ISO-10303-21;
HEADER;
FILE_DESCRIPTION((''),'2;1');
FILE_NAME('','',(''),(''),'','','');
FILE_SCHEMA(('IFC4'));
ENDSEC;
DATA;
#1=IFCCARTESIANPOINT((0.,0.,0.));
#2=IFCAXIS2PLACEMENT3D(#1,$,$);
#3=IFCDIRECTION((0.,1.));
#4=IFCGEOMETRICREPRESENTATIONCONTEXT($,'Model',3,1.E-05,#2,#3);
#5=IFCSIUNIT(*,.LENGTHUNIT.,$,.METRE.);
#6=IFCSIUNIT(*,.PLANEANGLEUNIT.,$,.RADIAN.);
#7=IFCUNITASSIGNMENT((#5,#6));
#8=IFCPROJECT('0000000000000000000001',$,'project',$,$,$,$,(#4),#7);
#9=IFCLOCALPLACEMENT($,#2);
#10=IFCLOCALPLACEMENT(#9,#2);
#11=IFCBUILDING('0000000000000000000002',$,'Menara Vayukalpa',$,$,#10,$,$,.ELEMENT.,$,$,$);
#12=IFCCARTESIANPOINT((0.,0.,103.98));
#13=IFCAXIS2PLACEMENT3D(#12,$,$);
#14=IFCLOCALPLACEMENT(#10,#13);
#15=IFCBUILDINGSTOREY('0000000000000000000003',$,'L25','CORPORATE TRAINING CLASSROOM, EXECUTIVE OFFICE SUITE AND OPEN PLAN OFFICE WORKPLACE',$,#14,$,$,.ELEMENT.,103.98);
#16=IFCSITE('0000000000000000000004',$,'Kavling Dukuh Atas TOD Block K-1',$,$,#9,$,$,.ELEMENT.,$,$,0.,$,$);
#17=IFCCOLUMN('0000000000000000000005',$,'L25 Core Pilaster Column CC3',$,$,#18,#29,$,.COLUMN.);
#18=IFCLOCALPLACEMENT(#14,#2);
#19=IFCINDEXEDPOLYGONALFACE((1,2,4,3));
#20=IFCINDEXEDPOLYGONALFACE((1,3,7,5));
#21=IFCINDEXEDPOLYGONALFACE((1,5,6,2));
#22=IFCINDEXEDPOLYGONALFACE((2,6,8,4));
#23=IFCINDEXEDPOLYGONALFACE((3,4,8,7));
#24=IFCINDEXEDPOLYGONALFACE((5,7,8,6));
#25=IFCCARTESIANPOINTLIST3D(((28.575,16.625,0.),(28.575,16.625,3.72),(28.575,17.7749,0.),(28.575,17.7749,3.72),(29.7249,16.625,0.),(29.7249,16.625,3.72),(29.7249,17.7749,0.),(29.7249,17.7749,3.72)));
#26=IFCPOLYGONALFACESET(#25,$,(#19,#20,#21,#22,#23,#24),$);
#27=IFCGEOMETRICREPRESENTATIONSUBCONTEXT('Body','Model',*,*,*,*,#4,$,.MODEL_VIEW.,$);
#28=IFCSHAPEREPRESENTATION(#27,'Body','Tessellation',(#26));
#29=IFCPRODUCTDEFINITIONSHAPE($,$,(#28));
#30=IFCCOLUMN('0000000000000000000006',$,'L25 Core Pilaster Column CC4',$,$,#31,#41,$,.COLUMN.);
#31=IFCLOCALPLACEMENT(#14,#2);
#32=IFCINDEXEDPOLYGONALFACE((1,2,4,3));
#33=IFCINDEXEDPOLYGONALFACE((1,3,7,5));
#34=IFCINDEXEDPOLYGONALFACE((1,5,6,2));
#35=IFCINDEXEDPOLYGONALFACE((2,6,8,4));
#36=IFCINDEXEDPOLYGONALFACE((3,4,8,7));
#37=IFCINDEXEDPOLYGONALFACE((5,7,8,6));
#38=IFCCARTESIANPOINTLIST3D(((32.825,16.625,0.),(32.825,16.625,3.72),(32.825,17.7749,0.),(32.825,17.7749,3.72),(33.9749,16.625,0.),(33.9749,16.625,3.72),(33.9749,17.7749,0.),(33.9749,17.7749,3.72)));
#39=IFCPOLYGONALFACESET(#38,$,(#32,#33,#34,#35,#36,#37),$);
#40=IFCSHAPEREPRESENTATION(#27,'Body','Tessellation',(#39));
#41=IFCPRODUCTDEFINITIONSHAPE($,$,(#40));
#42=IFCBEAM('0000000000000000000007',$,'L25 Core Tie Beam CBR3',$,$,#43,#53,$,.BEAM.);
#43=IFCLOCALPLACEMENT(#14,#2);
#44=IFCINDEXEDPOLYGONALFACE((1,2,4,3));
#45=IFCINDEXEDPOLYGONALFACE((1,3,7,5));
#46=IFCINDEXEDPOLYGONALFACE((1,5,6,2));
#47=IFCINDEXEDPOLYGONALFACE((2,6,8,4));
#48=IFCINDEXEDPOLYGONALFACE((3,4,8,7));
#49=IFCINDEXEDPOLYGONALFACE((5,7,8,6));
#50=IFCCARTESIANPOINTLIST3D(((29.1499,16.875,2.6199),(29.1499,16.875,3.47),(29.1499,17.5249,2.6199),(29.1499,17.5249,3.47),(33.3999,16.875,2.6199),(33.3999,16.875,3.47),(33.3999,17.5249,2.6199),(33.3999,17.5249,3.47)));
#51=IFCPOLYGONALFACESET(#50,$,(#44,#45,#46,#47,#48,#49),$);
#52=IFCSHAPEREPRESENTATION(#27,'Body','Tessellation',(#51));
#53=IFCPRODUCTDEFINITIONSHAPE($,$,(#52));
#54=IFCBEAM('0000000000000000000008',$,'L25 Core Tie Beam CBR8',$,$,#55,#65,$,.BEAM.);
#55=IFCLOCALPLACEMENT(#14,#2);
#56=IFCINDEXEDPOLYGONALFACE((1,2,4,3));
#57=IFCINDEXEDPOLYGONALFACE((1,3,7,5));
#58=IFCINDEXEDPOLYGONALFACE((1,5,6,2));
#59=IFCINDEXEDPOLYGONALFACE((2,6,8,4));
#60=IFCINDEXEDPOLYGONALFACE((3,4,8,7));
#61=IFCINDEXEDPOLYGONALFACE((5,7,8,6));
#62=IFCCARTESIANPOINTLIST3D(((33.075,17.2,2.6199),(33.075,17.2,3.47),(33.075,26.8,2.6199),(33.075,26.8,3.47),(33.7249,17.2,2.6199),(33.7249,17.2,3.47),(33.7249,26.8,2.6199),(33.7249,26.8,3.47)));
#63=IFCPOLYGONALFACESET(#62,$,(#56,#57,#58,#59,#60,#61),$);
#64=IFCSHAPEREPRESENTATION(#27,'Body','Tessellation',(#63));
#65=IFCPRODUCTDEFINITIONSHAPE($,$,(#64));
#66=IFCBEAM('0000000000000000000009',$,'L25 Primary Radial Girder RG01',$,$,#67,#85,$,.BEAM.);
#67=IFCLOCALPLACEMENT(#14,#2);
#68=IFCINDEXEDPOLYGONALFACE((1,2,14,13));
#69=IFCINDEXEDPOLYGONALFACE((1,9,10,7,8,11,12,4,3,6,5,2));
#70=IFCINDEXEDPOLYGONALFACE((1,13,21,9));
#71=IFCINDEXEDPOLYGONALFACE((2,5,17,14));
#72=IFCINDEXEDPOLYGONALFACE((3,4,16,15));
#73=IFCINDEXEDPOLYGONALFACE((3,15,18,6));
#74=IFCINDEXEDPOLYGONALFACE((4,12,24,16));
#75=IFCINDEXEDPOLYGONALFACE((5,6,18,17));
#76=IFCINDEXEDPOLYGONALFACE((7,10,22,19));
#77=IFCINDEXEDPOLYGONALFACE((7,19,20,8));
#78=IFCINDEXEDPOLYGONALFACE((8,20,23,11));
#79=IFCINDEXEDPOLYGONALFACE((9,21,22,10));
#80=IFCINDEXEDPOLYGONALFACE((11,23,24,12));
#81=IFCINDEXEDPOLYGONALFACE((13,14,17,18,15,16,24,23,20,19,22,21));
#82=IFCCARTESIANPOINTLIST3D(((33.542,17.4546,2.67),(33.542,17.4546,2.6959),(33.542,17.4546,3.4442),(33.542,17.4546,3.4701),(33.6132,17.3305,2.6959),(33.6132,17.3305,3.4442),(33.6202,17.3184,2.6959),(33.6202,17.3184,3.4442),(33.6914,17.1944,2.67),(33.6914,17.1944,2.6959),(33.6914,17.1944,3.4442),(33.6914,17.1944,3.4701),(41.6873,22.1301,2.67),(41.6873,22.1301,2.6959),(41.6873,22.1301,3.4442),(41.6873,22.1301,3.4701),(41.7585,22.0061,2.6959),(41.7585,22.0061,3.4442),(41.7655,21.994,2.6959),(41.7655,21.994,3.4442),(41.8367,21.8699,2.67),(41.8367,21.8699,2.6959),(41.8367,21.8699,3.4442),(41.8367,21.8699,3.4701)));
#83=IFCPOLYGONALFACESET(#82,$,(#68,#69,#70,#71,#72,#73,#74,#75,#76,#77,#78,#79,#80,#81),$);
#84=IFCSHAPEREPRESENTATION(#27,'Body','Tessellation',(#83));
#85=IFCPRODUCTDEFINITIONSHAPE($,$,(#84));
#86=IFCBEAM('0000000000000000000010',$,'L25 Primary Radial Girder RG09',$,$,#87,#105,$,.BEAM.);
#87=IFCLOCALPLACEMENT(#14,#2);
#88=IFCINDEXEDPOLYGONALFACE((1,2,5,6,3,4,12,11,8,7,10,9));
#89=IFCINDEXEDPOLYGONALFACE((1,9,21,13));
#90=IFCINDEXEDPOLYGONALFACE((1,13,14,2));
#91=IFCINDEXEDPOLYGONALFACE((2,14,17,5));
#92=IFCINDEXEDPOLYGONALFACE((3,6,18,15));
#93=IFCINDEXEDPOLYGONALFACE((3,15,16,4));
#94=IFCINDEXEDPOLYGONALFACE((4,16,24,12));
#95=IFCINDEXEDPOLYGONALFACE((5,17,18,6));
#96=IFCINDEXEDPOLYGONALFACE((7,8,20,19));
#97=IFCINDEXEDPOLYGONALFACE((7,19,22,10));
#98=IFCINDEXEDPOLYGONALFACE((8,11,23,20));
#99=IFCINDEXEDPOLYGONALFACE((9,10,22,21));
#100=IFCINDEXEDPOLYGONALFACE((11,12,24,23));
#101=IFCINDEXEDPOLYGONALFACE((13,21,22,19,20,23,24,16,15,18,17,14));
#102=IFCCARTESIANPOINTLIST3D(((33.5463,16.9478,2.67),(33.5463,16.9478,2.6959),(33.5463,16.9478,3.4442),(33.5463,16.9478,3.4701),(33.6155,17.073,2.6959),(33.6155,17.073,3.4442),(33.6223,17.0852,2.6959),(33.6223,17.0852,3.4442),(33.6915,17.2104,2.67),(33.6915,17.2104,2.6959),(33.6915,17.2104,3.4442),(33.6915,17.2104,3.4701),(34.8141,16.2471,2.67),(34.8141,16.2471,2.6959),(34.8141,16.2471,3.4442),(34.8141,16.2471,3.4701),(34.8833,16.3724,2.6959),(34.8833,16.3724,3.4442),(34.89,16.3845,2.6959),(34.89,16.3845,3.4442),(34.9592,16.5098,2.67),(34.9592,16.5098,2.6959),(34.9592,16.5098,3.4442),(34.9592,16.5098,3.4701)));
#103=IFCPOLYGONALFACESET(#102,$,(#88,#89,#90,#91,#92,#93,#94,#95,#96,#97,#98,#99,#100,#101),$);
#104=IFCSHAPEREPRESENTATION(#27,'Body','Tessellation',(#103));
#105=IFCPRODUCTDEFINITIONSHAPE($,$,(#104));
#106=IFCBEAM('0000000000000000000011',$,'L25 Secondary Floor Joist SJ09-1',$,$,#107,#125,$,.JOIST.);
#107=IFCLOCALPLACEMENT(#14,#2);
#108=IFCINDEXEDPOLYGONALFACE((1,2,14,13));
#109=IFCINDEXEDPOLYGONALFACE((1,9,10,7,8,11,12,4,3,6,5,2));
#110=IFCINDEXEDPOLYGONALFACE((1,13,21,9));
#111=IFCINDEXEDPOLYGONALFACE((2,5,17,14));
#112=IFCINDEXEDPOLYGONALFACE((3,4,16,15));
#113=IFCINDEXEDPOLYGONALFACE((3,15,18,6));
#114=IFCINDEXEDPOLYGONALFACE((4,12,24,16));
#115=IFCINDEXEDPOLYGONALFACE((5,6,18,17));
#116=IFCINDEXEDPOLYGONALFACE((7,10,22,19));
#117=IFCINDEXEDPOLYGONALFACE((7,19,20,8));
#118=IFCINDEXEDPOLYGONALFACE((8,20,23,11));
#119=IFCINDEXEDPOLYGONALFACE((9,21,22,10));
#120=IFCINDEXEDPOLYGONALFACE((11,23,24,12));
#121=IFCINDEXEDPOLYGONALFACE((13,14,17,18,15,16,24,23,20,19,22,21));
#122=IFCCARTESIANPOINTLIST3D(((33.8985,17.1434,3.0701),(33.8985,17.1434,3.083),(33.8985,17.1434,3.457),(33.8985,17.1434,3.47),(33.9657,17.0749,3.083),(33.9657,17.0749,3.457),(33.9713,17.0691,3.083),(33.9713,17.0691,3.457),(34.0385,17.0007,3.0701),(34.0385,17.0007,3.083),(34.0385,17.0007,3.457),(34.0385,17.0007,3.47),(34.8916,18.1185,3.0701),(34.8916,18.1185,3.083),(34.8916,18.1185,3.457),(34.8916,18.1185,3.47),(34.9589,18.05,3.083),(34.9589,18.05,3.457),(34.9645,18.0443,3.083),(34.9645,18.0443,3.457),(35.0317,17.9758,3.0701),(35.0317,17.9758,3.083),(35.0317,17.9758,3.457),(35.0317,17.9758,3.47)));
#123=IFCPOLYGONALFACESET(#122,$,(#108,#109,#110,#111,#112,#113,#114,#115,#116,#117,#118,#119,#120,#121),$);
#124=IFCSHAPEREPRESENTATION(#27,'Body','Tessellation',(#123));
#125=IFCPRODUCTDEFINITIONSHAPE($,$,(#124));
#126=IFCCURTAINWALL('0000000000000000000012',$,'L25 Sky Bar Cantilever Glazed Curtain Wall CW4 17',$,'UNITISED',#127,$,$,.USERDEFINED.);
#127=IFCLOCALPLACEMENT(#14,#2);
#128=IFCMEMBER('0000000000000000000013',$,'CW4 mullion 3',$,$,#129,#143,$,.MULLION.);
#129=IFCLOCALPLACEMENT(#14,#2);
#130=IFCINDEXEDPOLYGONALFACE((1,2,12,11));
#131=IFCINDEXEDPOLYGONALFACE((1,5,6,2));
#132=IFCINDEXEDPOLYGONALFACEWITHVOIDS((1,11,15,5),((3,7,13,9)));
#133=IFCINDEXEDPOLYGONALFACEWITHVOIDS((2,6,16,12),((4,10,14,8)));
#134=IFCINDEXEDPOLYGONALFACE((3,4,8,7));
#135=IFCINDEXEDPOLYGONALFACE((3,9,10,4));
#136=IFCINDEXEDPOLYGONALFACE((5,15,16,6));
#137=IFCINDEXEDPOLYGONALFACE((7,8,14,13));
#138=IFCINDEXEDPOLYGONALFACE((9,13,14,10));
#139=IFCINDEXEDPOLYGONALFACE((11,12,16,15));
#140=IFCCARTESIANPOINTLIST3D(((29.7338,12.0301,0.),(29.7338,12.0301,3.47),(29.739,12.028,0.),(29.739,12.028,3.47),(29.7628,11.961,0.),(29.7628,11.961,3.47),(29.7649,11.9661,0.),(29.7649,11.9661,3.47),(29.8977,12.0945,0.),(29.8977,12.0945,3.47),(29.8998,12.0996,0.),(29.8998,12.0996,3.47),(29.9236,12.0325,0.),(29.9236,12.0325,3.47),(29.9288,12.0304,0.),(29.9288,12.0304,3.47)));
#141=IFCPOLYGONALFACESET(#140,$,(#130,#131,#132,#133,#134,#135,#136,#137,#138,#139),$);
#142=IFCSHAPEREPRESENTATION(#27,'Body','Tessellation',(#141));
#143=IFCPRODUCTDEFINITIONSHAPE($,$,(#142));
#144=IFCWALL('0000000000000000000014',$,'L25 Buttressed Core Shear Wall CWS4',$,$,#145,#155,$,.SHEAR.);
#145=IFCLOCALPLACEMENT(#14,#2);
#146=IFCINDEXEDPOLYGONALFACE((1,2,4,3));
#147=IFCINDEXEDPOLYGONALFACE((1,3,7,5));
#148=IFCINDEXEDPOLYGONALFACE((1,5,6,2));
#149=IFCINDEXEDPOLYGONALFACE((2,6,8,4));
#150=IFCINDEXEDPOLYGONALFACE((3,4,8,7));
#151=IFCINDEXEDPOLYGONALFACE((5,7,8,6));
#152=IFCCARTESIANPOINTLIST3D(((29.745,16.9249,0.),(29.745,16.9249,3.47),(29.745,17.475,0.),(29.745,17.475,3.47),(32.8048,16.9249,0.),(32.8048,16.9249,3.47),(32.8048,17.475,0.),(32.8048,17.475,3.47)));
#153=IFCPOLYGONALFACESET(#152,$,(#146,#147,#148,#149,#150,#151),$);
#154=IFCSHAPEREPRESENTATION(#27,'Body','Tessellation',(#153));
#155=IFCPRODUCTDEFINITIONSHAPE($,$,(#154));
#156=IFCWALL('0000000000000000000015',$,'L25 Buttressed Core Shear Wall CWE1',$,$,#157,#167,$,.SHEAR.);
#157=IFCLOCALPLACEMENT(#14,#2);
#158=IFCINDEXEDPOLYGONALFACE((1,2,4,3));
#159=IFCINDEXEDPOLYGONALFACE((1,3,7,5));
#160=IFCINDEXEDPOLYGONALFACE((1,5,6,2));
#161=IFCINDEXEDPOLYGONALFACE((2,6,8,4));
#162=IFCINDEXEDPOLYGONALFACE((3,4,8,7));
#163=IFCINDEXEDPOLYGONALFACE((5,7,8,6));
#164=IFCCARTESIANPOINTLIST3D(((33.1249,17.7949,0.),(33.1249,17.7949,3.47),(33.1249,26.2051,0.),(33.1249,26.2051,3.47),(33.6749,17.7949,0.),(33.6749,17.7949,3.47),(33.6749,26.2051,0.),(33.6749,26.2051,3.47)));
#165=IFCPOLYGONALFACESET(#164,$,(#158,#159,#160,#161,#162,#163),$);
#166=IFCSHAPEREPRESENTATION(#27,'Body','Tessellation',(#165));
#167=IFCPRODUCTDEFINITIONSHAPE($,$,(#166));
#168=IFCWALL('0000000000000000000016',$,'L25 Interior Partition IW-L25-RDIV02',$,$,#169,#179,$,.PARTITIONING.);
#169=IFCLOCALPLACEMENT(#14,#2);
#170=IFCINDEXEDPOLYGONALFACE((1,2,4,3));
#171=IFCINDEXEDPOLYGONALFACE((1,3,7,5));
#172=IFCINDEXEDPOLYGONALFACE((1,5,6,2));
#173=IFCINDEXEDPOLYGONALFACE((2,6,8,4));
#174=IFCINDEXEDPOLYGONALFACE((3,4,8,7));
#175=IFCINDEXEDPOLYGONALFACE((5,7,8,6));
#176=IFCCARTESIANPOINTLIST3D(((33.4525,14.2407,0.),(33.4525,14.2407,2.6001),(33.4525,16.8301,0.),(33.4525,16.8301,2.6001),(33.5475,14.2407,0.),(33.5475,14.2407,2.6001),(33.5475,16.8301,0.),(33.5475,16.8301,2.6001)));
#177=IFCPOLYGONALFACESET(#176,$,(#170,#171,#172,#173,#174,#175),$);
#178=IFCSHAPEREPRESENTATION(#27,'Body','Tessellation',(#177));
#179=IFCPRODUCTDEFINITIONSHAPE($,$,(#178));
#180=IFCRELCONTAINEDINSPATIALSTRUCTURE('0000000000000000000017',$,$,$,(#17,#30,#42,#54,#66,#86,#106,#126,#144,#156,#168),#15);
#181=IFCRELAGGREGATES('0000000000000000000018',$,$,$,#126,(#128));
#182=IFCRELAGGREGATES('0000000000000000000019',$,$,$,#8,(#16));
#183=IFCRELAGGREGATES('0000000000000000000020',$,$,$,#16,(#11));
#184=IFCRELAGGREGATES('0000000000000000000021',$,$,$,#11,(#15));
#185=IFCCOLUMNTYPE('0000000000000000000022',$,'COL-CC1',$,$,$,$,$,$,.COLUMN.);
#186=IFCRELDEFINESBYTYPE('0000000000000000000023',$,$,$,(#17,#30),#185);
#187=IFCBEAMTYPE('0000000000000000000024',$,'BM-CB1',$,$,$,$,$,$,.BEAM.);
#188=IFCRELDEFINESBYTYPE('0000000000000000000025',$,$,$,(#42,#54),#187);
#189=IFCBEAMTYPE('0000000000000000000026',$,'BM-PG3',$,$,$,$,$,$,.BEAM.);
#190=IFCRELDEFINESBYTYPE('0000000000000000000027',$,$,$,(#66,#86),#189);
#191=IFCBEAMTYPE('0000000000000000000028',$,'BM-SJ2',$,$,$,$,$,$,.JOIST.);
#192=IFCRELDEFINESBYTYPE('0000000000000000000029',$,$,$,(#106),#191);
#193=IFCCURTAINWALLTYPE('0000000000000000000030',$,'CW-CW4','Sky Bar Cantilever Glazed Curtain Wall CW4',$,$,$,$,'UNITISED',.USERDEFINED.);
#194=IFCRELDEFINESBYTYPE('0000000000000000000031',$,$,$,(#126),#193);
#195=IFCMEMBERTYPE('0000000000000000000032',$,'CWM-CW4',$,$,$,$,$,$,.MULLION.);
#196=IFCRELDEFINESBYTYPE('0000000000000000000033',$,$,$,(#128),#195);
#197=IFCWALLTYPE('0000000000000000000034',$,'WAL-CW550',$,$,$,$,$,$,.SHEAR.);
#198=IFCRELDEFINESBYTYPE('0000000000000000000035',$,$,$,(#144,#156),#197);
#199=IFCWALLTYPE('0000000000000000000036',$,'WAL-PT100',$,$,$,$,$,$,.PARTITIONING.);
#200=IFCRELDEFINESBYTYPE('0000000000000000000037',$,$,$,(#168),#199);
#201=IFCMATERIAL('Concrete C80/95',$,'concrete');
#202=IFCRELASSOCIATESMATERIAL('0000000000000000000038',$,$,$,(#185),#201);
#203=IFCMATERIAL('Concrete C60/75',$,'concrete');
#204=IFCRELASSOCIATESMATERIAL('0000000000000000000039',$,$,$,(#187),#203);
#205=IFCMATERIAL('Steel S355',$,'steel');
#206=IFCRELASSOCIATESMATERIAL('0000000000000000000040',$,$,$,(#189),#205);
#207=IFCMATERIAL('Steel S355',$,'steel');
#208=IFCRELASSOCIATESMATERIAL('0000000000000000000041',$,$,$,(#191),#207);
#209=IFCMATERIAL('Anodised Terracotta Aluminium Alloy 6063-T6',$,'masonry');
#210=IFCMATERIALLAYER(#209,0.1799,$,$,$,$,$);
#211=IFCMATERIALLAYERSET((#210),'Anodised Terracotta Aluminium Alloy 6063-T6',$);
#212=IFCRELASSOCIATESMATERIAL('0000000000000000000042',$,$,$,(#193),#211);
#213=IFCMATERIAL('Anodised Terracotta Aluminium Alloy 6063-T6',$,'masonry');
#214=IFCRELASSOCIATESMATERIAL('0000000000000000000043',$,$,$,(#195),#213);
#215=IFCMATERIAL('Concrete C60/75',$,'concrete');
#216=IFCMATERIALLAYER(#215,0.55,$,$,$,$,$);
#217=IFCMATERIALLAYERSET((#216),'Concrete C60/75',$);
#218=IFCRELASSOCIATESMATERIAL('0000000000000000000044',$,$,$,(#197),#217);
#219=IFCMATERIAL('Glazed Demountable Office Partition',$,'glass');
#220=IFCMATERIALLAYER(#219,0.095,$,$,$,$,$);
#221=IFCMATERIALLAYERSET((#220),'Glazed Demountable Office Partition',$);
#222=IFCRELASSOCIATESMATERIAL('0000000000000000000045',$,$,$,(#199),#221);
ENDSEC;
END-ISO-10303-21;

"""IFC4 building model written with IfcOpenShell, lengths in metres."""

from ifc_helpers import new_model, si_unit, direction, frame, frame_2d, origin, origin_2d, place, context, subcontext, project, spatial, rectangle, hollow_rectangle, i_section, extrude, material, layer, layer_set, material_profile, profile_set, type_object, element, aggregate, save


model = new_model("IFC4")

# Units and contexts
model_context = context("Model", 3, precision=1e-05, world=origin(), true_north=direction((0.0, 1.0)))
body_context = subcontext(model_context, "Body", "Model", "MODEL_VIEW")
ifc_project = project(units=[si_unit("LENGTHUNIT", "METRE"), si_unit("PLANEANGLEUNIT", "RADIAN")], contexts=[model_context])

# Site, building, storey
site_placement = place(None, origin())
site = spatial("IfcSite", under=ifc_project, at=site_placement, Name="Kavling Dukuh Atas TOD Block K-1", CompositionType="ELEMENT", RefElevation=0.0)
building_placement = place(site_placement, origin())
building = spatial("IfcBuilding", under=site, at=building_placement, Name="Menara Vayukalpa", CompositionType="ELEMENT")
storey_placement = place(building_placement, frame((0.0, 0.0, 103.98)))
storey = spatial("IfcBuildingStorey", under=building, at=storey_placement, Name="L25", Description="CORPORATE TRAINING CLASSROOM, EXECUTIVE OFFICE SUITE AND OPEN PLAN OFFICE WORKPLACE", CompositionType="ELEMENT", Elevation=103.98)

# Columns
ifc_material_1 = material(Name="Concrete C80/95", Category="concrete")
ifc_material_profile_1 = material_profile(ifc_material_1, rectangle(XDim=1.1499, YDim=1.1499, at=origin_2d()), Name="RC 1150x1150")
ifc_profile_set_1 = profile_set([ifc_material_profile_1], Name="Concrete C80/95")
column_type = type_object("IfcColumnType", Name="COL-CC1", PredefinedType="COLUMN", material=ifc_profile_set_1)
for number, where, z_axis, x_axis, name in (
    (1, (29.1499, 17.2, 0.0), (0.0, 0.0, 1.0), (1.0, 0.0, 0.0), "L25 Core Pilaster Column CC3"),
    (2, (33.3999, 17.2, 0.0), (0.0, 0.0, 1.0), (1.0, 0.0, 0.0), "L25 Core Pilaster Column CC4"),
):
    element("IfcColumn", number, at=place(storey_placement, frame(where, z_axis=z_axis, x_axis=x_axis)), inside=storey, type_object=column_type, Name=name, PredefinedType="COLUMN", context=body_context, shape_type="SweptSolid", body=[
        extrude(rectangle(XDim=1.1499, YDim=1.1499, at=origin_2d()), origin(), (0.0, 0.0, 1.0), 3.72),
    ])

# Beams
ifc_material_2 = material(Name="Concrete C60/75", Category="concrete")
ifc_material_profile_2 = material_profile(ifc_material_2, rectangle(XDim=0.6499, YDim=0.8501, at=origin_2d()), Name="RC 650x850")
ifc_profile_set_2 = profile_set([ifc_material_profile_2], Name="Concrete C60/75")
beam_type_1 = type_object("IfcBeamType", Name="BM-CB1", PredefinedType="BEAM", material=ifc_profile_set_2)
beam_1_placement = place(storey_placement, frame((29.1499, 17.2, 3.0449), z_axis=(1.0, 0.0, 0.0), x_axis=(0.0, 1.0, 0.0)))
element("IfcBeam", 3, at=beam_1_placement, inside=storey, type_object=beam_type_1, Name="L25 Core Tie Beam CBR3", PredefinedType="BEAM", context=body_context, shape_type="SweptSolid", body=[
    extrude(rectangle(XDim=0.6499, YDim=0.8501, at=origin_2d()), origin(), (0.0, 0.0, 1.0), 4.25),
])
beam_2_placement = place(storey_placement, frame((33.3999, 17.2, 3.0449), z_axis=(0.0, 1.0, 0.0), x_axis=(-1.0, 0.0, 0.0)))
element("IfcBeam", 4, at=beam_2_placement, inside=storey, type_object=beam_type_1, Name="L25 Core Tie Beam CBR8", PredefinedType="BEAM", context=body_context, shape_type="SweptSolid", body=[
    extrude(rectangle(XDim=0.6499, YDim=0.8501, at=origin_2d()), origin(), (0.0, 0.0, 1.0), 9.6001),
])
ifc_material_3 = material(Name="Steel S355", Category="steel")
ifc_material_profile_3 = material_profile(ifc_material_3, i_section(OverallWidth=0.3, OverallDepth=0.8, WebThickness=0.0139, FlangeThickness=0.0259, at=origin_2d()), Name="WF 800x300x14x26")
ifc_profile_set_3 = profile_set([ifc_material_profile_3], Name="Steel S355")
beam_type_2 = type_object("IfcBeamType", Name="BM-PG3", PredefinedType="BEAM", material=ifc_profile_set_3)
beam_3_placement = place(storey_placement, frame((33.6167, 17.3245, 3.0701), z_axis=(0.867274, 0.497832, 0.0), x_axis=(-0.497832, 0.867274, 0.0)))
element("IfcBeam", 5, at=beam_3_placement, inside=storey, type_object=beam_type_2, Name="L25 Primary Radial Girder RG01", PredefinedType="BEAM", context=body_context, shape_type="SweptSolid", body=[
    extrude(i_section(OverallWidth=0.3, OverallDepth=0.8, WebThickness=0.0139, FlangeThickness=0.0259, at=origin_2d()), origin(), (0.0, 0.0, 1.0), 9.3918),
])
beam_4_placement = place(storey_placement, frame((33.6189, 17.0791, 3.0701), z_axis=(0.875228, -0.48371, 0.0), x_axis=(0.48371, 0.875228, 0.0)))
element("IfcBeam", 6, at=beam_4_placement, inside=storey, type_object=beam_type_2, Name="L25 Primary Radial Girder RG09", PredefinedType="BEAM", context=body_context, shape_type="SweptSolid", body=[
    extrude(i_section(OverallWidth=0.3, OverallDepth=0.8, WebThickness=0.0139, FlangeThickness=0.0259, at=origin_2d()), origin(), (0.0, 0.0, 1.0), 1.4485),
])
ifc_material_4 = material(Name="Steel S355", Category="steel")
ifc_material_profile_4 = material_profile(ifc_material_4, i_section(OverallWidth=0.2, OverallDepth=0.3999, WebThickness=0.0081, FlangeThickness=0.0129, at=origin_2d()), Name="WF 400x200x8x13")
ifc_profile_set_4 = profile_set([ifc_material_profile_4], Name="Steel S355")
beam_type_3 = type_object("IfcBeamType", Name="BM-SJ2", PredefinedType="JOIST", material=ifc_profile_set_4)
beam_5_placement = place(storey_placement, frame((33.9685, 17.072, 3.27), z_axis=(0.713567, 0.700587, 0.0), x_axis=(-0.700587, 0.713567, 0.0)))
element("IfcBeam", 7, at=beam_5_placement, inside=storey, type_object=beam_type_3, Name="L25 Secondary Floor Joist SJ09-1", PredefinedType="JOIST", context=body_context, shape_type="SweptSolid", body=[
    extrude(i_section(OverallWidth=0.2, OverallDepth=0.3999, WebThickness=0.0081, FlangeThickness=0.0129, at=origin_2d()), origin(), (0.0, 0.0, 1.0), 1.3918),
])

# Curtain wall, member
ifc_material_5 = material(Name="Anodised Terracotta Aluminium Alloy 6063-T6", Category="masonry")
ifc_layer_1 = layer(ifc_material_5, 0.1799)
ifc_layer_set_1 = layer_set([ifc_layer_1], Name="Anodised Terracotta Aluminium Alloy 6063-T6")
curtain_wall_type = type_object("IfcCurtainWallType", Name="CW-CW4", Description="Sky Bar Cantilever Glazed Curtain Wall CW4", ElementType="UNITISED", PredefinedType="USERDEFINED", material=ifc_layer_set_1)
curtain_wall_placement = place(storey_placement, origin())
curtain_wall = element("IfcCurtainWall", 8, at=curtain_wall_placement, inside=storey, type_object=curtain_wall_type, Name="L25 Sky Bar Cantilever Glazed Curtain Wall CW4 17", ObjectType="UNITISED", PredefinedType="USERDEFINED")
ifc_material_6 = material(Name="Anodised Terracotta Aluminium Alloy 6063-T6", Category="masonry")
ifc_material_profile_5 = material_profile(ifc_material_6, hollow_rectangle(XDim=0.075, YDim=0.1799, WallThickness=0.0039, at=origin_2d()), Name="ALU 75x180x4")
ifc_profile_set_5 = profile_set([ifc_material_profile_5], Name="Anodised Terracotta Aluminium Alloy 6063-T6")
member_type = type_object("IfcMemberType", Name="CWM-CW4", PredefinedType="MULLION", material=ifc_profile_set_5)
member_placement = place(storey_placement, frame((29.8313, 12.0303, 0.0), z_axis=(0.0, 0.0, 1.0), x_axis=(-0.385894, 0.922543, 0.0)))
member = element("IfcMember", 9, at=member_placement, type_object=member_type, Name="CW4 mullion 3", PredefinedType="MULLION", context=body_context, shape_type="SweptSolid", body=[
    extrude(hollow_rectangle(XDim=0.075, YDim=0.1799, WallThickness=0.0039, at=origin_2d()), origin(), (0.0, 0.0, 1.0), 3.47),
])
aggregate(curtain_wall, [member])

# Walls
ifc_material_7 = material(Name="Concrete C60/75", Category="concrete")
ifc_layer_2 = layer(ifc_material_7, 0.55)
ifc_layer_set_2 = layer_set([ifc_layer_2], Name="Concrete C60/75")
wall_type_1 = type_object("IfcWallType", Name="WAL-CW550", PredefinedType="SHEAR", material=ifc_layer_set_2)
wall_1_placement = place(storey_placement, frame((29.7451, 17.2, 0.0), z_axis=(0.0, 0.0, 1.0), x_axis=(1.0, 0.0, 0.0)))
element("IfcWall", 10, at=wall_1_placement, inside=storey, type_object=wall_type_1, Name="L25 Buttressed Core Shear Wall CWS4", PredefinedType="SHEAR", context=body_context, shape_type="SweptSolid", body=[
    extrude(rectangle(XDim=3.0598, YDim=0.55, at=frame_2d((1.5298, 0.0))), origin(), (0.0, 0.0, 1.0), 3.47),
])
wall_2_placement = place(storey_placement, frame((33.3999, 17.7949, 0.0), z_axis=(0.0, 0.0, 1.0), x_axis=(0.0, 1.0, 0.0)))
element("IfcWall", 11, at=wall_2_placement, inside=storey, type_object=wall_type_1, Name="L25 Buttressed Core Shear Wall CWE1", PredefinedType="SHEAR", context=body_context, shape_type="SweptSolid", body=[
    extrude(rectangle(XDim=8.4102, YDim=0.55, at=frame_2d((4.2051, 0.0))), origin(), (0.0, 0.0, 1.0), 3.47),
])
ifc_material_8 = material(Name="Glazed Demountable Office Partition", Category="glass")
ifc_layer_3 = layer(ifc_material_8, 0.095)
ifc_layer_set_3 = layer_set([ifc_layer_3], Name="Glazed Demountable Office Partition")
wall_type_2 = type_object("IfcWallType", Name="WAL-PT100", PredefinedType="PARTITIONING", material=ifc_layer_set_3)
wall_3_placement = place(storey_placement, frame((33.5, 14.2407, 0.0), z_axis=(0.0, 0.0, 1.0), x_axis=(0.0, 1.0, 0.0)))
element("IfcWall", 12, at=wall_3_placement, inside=storey, type_object=wall_type_2, Name="L25 Interior Partition IW-L25-RDIV02", PredefinedType="PARTITIONING", context=body_context, shape_type="SweptSolid", body=[
    extrude(rectangle(XDim=2.5894, YDim=0.095, at=frame_2d((1.2947, 0.0))), origin(), (0.0, 0.0, 1.0), 2.6001),
])

save(model, "model.ifc")
